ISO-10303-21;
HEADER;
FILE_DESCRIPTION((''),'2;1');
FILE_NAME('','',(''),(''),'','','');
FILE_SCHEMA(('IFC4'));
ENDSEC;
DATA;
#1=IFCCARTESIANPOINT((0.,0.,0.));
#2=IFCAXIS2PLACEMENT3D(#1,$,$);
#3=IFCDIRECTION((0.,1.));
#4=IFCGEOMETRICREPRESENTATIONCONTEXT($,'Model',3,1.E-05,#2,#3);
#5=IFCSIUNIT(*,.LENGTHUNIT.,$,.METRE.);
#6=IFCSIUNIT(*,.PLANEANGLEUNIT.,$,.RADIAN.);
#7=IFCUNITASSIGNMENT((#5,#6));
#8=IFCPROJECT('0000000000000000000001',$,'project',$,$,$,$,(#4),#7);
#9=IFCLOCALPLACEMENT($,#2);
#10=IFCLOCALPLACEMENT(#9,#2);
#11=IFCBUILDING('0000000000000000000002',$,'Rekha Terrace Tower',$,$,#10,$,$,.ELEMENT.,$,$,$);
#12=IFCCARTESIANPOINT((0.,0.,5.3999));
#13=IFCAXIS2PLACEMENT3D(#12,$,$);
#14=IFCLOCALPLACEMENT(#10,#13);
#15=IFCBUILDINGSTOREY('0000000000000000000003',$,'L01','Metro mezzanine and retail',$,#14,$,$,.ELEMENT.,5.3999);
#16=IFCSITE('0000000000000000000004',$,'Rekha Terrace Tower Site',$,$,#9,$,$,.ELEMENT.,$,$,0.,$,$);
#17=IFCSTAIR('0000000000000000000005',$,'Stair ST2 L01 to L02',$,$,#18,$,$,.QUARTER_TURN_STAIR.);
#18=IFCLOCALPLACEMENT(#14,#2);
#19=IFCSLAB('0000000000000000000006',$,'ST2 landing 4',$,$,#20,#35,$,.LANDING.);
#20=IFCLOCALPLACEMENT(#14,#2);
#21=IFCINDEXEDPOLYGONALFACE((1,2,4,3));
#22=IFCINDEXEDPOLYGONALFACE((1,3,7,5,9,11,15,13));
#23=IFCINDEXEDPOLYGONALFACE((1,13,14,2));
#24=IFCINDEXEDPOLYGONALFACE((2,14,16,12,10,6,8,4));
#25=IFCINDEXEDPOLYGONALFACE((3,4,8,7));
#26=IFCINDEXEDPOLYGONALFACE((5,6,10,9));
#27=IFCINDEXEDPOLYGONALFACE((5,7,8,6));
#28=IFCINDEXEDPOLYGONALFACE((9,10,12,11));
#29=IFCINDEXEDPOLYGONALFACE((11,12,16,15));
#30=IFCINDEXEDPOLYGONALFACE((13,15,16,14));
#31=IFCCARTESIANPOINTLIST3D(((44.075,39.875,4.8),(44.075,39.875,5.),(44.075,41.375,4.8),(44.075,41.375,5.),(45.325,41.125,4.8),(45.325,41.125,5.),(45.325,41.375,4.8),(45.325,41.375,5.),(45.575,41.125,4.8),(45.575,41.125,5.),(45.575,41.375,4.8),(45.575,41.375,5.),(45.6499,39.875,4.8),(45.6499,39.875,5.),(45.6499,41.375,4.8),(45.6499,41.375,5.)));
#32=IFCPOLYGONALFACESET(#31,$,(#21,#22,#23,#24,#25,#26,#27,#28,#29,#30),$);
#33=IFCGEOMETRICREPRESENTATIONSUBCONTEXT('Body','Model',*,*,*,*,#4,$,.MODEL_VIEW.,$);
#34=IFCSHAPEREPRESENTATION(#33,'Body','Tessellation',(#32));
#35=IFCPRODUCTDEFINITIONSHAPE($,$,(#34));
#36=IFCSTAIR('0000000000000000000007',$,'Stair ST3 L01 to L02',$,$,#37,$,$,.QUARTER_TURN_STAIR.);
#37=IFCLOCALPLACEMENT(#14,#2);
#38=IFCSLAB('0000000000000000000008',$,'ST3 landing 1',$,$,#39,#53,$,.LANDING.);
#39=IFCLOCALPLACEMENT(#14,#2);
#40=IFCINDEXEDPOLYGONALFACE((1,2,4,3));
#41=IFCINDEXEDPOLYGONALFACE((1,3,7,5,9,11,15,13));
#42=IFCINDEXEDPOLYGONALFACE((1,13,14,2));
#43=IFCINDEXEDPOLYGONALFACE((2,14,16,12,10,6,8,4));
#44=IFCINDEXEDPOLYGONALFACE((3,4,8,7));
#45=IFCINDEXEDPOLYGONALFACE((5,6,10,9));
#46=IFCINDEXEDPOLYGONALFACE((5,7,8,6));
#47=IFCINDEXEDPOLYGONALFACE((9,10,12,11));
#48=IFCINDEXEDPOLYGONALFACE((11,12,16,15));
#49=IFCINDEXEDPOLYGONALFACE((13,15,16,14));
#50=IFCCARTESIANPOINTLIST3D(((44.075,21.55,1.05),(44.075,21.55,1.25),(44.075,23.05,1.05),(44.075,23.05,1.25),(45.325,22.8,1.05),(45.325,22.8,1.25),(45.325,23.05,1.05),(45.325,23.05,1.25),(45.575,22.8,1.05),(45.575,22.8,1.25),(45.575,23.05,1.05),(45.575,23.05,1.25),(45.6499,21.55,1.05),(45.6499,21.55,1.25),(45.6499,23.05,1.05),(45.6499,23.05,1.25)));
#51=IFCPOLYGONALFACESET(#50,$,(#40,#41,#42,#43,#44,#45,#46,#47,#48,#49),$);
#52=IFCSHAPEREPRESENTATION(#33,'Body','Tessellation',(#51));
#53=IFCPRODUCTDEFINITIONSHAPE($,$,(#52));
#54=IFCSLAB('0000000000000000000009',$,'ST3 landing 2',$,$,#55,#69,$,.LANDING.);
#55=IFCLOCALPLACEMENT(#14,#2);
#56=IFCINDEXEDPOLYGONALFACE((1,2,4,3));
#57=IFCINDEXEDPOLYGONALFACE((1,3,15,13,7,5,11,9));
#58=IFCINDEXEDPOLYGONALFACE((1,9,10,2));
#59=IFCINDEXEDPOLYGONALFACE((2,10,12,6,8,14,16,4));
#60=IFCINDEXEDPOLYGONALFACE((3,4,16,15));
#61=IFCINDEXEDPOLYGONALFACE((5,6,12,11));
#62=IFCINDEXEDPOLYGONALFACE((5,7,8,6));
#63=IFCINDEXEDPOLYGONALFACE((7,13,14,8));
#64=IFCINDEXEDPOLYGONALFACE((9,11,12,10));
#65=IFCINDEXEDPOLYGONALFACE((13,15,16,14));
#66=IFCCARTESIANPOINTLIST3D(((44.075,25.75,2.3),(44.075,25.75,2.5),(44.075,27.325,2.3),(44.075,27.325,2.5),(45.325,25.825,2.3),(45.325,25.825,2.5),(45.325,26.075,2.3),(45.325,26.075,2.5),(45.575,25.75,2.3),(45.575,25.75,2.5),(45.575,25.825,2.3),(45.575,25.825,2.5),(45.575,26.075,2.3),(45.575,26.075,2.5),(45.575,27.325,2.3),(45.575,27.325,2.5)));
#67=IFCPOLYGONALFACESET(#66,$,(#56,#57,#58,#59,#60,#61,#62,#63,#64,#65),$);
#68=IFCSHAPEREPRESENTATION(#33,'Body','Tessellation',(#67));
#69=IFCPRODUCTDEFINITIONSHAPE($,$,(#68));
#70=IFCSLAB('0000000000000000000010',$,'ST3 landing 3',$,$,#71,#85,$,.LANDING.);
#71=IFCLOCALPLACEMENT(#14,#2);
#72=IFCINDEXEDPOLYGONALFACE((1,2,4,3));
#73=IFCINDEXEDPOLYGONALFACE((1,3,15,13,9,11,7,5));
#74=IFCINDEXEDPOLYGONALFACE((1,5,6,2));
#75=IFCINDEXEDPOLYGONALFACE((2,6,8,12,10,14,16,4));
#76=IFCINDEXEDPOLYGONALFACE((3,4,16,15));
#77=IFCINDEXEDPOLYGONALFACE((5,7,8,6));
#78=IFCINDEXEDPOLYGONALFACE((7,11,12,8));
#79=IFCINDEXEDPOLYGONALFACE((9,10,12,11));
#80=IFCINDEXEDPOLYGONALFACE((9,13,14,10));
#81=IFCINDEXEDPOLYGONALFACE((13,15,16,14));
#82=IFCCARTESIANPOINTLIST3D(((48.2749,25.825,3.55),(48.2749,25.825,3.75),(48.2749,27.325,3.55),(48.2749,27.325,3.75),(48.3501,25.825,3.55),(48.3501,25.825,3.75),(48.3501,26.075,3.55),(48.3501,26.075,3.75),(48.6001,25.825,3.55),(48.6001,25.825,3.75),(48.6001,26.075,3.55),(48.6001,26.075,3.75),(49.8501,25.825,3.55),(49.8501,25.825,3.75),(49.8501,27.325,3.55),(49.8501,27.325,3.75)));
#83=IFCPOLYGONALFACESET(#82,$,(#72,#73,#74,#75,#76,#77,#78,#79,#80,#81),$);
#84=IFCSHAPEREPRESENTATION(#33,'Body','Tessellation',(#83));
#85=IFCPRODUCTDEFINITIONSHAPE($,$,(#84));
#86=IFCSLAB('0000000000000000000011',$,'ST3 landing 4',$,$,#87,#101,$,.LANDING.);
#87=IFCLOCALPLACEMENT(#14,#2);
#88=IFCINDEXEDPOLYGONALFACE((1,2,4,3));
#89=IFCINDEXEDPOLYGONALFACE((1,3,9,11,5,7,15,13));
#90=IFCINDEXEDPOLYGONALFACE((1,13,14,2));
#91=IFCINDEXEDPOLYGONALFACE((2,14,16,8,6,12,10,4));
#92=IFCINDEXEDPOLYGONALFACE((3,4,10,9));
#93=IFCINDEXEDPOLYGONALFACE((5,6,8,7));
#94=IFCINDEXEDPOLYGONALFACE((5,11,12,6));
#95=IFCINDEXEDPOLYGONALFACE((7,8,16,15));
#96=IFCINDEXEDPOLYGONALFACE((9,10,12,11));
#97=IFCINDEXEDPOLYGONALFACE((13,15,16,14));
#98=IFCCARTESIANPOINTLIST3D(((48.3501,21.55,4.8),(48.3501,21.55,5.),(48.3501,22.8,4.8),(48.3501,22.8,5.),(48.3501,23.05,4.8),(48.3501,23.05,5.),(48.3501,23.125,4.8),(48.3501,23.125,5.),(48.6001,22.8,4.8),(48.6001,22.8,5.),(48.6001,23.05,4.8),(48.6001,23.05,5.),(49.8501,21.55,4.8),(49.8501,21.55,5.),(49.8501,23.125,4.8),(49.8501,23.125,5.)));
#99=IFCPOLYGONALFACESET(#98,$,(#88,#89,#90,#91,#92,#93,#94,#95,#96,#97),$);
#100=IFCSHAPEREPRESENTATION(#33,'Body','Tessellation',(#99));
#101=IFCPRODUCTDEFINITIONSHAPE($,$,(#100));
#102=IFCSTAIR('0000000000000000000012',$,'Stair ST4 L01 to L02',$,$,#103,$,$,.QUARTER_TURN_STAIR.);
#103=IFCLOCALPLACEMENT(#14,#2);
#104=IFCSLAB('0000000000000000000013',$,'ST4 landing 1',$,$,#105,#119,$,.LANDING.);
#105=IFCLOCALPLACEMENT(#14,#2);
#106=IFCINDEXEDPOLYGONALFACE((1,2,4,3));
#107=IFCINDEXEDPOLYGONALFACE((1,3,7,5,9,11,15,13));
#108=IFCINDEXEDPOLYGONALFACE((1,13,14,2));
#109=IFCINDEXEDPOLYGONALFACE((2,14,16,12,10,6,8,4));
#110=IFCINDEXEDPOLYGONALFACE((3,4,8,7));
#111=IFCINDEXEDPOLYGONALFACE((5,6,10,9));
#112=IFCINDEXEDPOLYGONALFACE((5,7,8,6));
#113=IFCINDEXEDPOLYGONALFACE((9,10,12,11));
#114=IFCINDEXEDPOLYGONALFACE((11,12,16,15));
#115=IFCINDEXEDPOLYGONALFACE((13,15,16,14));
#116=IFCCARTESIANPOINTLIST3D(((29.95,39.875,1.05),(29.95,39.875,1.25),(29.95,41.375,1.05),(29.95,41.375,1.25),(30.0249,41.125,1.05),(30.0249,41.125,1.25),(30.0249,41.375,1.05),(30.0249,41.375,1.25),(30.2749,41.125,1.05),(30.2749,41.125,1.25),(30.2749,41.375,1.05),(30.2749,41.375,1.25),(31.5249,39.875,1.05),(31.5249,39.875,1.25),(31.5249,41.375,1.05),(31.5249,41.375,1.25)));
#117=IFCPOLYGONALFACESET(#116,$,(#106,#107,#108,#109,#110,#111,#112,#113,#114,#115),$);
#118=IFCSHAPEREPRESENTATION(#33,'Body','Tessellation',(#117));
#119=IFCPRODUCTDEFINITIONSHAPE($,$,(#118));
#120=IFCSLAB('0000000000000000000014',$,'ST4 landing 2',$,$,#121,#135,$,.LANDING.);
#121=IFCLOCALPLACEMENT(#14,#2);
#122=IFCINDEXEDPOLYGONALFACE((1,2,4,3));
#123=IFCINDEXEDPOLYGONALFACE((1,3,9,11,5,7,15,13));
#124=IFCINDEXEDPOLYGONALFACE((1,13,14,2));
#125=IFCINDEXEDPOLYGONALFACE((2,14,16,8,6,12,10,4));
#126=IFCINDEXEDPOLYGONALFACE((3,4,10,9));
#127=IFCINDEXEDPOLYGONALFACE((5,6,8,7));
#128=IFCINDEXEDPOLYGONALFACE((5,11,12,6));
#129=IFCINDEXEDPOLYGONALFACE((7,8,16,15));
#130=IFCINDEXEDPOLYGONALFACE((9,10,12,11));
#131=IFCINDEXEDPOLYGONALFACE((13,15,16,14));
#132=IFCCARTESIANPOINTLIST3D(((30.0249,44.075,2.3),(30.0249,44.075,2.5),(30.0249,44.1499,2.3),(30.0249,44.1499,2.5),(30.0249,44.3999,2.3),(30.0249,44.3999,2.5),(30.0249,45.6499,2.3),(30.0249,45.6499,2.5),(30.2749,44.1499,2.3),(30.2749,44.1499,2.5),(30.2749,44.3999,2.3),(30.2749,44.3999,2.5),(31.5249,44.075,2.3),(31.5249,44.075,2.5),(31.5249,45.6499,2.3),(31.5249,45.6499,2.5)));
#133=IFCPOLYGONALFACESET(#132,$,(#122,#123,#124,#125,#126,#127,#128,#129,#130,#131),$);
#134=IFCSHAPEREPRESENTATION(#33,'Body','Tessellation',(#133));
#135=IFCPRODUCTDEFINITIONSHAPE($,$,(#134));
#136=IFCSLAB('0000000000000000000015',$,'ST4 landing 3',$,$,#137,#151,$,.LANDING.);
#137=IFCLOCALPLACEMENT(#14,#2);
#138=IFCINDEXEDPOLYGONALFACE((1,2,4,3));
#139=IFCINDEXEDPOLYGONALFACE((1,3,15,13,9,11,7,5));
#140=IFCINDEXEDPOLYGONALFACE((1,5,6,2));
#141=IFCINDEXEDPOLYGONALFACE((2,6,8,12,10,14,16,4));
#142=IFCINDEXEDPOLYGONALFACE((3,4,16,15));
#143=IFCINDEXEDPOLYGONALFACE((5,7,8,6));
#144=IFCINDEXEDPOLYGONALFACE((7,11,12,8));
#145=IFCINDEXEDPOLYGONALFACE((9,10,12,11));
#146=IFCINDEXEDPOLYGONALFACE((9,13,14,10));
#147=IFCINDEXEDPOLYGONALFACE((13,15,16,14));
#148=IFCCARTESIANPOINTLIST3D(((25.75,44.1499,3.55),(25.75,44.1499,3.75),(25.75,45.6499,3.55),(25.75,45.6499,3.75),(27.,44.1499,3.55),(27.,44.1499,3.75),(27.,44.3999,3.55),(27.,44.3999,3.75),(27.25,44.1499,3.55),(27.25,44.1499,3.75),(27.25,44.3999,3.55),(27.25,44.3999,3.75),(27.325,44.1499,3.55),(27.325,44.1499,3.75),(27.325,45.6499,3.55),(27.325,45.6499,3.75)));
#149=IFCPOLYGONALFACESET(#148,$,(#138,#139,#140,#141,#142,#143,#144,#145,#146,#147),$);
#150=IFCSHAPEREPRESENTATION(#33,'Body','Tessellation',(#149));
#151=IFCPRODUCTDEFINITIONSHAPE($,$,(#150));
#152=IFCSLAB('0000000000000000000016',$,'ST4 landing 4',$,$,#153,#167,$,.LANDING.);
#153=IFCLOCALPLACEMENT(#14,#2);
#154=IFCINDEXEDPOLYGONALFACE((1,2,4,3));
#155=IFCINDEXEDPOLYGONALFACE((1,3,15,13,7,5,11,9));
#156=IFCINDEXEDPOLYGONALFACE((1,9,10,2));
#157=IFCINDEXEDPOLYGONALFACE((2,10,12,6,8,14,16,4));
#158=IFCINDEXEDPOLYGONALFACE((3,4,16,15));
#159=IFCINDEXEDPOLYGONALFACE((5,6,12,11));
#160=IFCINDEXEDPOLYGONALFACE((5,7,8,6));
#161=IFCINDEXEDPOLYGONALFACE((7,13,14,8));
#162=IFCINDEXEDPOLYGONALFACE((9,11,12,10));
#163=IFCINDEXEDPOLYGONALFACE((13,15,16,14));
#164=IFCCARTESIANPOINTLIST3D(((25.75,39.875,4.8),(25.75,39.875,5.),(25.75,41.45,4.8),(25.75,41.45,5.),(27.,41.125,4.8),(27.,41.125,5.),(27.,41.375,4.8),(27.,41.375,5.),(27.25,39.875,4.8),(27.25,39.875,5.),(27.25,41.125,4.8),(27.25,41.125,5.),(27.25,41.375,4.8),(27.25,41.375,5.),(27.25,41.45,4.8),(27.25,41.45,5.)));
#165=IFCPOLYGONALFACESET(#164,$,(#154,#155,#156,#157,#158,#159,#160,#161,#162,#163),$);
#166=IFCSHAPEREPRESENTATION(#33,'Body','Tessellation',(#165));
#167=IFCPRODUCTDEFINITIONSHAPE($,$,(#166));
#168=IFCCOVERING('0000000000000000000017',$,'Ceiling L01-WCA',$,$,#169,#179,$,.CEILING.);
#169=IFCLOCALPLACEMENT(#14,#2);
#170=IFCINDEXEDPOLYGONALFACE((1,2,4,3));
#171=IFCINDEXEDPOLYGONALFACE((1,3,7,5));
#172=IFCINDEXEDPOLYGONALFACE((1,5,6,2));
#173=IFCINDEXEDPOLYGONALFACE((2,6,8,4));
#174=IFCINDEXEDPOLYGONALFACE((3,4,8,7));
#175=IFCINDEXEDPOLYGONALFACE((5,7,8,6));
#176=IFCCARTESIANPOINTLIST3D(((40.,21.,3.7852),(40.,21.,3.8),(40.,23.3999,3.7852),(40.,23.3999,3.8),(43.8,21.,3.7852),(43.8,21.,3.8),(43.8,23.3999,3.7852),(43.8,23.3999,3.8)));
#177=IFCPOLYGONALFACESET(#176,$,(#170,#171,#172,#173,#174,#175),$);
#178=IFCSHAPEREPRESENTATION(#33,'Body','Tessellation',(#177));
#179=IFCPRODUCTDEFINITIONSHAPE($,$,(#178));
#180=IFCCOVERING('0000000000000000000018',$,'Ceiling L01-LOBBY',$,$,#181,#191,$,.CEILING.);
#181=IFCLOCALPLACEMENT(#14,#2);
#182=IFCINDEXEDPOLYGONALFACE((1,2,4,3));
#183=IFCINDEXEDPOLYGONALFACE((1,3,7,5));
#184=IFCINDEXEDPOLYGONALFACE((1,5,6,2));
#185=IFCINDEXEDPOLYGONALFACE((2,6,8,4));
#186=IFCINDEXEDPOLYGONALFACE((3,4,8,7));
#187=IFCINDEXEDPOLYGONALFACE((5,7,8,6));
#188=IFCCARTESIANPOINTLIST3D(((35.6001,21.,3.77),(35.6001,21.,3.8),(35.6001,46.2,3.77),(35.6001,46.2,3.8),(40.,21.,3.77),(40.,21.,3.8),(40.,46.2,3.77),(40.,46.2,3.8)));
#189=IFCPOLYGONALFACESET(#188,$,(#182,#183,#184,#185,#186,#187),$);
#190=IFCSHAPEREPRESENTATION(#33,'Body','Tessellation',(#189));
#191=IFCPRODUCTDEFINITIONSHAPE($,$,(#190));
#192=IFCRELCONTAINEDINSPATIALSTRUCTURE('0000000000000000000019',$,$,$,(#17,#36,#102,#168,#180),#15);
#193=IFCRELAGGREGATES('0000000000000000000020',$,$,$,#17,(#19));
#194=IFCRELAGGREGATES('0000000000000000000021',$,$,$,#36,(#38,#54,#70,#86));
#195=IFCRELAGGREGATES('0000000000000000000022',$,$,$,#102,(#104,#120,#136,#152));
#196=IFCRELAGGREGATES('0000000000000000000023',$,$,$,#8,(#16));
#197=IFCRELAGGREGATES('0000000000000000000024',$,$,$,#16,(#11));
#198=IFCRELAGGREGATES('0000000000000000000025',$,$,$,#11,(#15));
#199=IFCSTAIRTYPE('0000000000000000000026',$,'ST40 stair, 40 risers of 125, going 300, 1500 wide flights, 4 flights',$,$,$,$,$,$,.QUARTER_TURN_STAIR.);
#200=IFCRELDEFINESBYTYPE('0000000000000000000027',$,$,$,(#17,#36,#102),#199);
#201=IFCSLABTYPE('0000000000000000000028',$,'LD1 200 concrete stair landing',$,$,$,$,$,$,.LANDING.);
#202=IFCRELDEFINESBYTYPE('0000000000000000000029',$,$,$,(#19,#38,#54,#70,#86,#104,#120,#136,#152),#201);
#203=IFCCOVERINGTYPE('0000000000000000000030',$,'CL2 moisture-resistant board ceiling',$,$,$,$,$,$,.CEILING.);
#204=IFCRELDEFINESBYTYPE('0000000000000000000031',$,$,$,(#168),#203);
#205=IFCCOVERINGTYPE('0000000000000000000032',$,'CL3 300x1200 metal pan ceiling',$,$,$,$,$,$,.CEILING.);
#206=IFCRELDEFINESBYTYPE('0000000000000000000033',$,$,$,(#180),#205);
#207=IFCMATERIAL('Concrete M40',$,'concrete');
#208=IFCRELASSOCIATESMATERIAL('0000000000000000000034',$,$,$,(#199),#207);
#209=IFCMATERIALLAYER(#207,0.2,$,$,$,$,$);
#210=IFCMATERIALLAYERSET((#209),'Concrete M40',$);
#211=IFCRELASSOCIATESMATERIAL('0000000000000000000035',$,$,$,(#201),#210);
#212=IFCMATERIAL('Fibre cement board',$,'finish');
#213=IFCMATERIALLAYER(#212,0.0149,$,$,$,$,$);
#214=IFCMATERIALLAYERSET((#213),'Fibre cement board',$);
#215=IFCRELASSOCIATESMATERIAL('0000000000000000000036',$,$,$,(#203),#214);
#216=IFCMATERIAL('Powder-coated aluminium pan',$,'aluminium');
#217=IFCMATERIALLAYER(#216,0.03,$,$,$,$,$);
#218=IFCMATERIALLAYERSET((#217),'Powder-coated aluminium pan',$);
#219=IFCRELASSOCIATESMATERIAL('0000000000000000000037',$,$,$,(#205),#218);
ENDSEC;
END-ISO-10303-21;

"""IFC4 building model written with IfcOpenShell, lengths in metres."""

from ifc_helpers import new_model, si_unit, direction, frame, origin, place, context, subcontext, project, spatial, polyline, outline, extrude, material, layer, layer_set, type_object, element, aggregate, save


model = new_model("IFC4")

# Units and contexts
model_context = context("Model", 3, precision=1e-05, world=origin(), true_north=direction((0.0, 1.0)))
body_context = subcontext(model_context, "Body", "Model", "MODEL_VIEW")
ifc_project = project(units=[si_unit("LENGTHUNIT", "METRE"), si_unit("PLANEANGLEUNIT", "RADIAN")], contexts=[model_context])

# Site, building, storey
site_placement = place(None, origin())
site = spatial("IfcSite", under=ifc_project, at=site_placement, Name="Rekha Terrace Tower Site", CompositionType="ELEMENT", RefElevation=0.0)
building_placement = place(site_placement, origin())
building = spatial("IfcBuilding", under=site, at=building_placement, Name="Rekha Terrace Tower", CompositionType="ELEMENT")
storey_placement = place(building_placement, frame((0.0, 0.0, 5.3999)))
storey = spatial("IfcBuildingStorey", under=building, at=storey_placement, Name="L01", Description="Metro mezzanine and retail", CompositionType="ELEMENT", Elevation=5.3999)

# Stairs, slabs
ifc_material_1 = material(Name="Concrete M40", Category="concrete")
stair_type = type_object("IfcStairType", Name="ST40 stair, 40 risers of 125, going 300, 1500 wide flights, 4 flights", PredefinedType="QUARTER_TURN_STAIR", material=ifc_material_1)
stair_1_placement = place(storey_placement, origin())
stair_1 = element("IfcStair", 1, at=stair_1_placement, inside=storey, type_object=stair_type, Name="Stair ST2 L01 to L02", PredefinedType="QUARTER_TURN_STAIR")
ifc_layer_1 = layer(ifc_material_1, 0.2)
ifc_layer_set_1 = layer_set([ifc_layer_1], Name="Concrete M40")
slab_type = type_object("IfcSlabType", Name="LD1 200 concrete stair landing", PredefinedType="LANDING", material=ifc_layer_set_1)
slab_1_placement = place(storey_placement, frame((0.0, 0.0, 4.8)))
slab_1 = element("IfcSlab", 2, at=slab_1_placement, type_object=slab_type, Name="ST2 landing 4", PredefinedType="LANDING", context=body_context, shape_type="SweptSolid", body=[
    extrude(outline(polyline([(44.075, 41.375), (44.075, 39.875), (45.6499, 39.875), (45.6499, 41.375), (45.575, 41.375), (45.575, 41.125), (45.325, 41.125), (45.325, 41.375), (44.075, 41.375)])), origin(), (0.0, 0.0, 1.0), 0.2),
])
aggregate(stair_1, [slab_1])
stair_2_placement = place(storey_placement, origin())
stair_2 = element("IfcStair", 3, at=stair_2_placement, inside=storey, type_object=stair_type, Name="Stair ST3 L01 to L02", PredefinedType="QUARTER_TURN_STAIR")
slab_2_placement = place(storey_placement, frame((0.0, 0.0, 1.05)))
slab_2 = element("IfcSlab", 4, at=slab_2_placement, type_object=slab_type, Name="ST3 landing 1", PredefinedType="LANDING", context=body_context, shape_type="SweptSolid", body=[
    extrude(outline(polyline([(44.075, 23.05), (44.075, 21.55), (45.6499, 21.55), (45.6499, 23.05), (45.575, 23.05), (45.575, 22.8), (45.325, 22.8), (45.325, 23.05), (44.075, 23.05)])), origin(), (0.0, 0.0, 1.0), 0.2),
])
slab_3_placement = place(storey_placement, frame((0.0, 0.0, 2.3)))
slab_3 = element("IfcSlab", 5, at=slab_3_placement, type_object=slab_type, Name="ST3 landing 2", PredefinedType="LANDING", context=body_context, shape_type="SweptSolid", body=[
    extrude(outline(polyline([(45.575, 27.325), (44.075, 27.325), (44.075, 25.75), (45.575, 25.75), (45.575, 25.825), (45.325, 25.825), (45.325, 26.075), (45.575, 26.075), (45.575, 27.325)])), origin(), (0.0, 0.0, 1.0), 0.2),
])
slab_4_placement = place(storey_placement, frame((0.0, 0.0, 3.55)))
slab_4 = element("IfcSlab", 6, at=slab_4_placement, type_object=slab_type, Name="ST3 landing 3", PredefinedType="LANDING", context=body_context, shape_type="SweptSolid", body=[
    extrude(outline(polyline([(49.8501, 25.825), (49.8501, 27.325), (48.2749, 27.325), (48.2749, 25.825), (48.3501, 25.825), (48.3501, 26.075), (48.6001, 26.075), (48.6001, 25.825), (49.8501, 25.825)])), origin(), (0.0, 0.0, 1.0), 0.2),
])
slab_5_placement = place(storey_placement, frame((0.0, 0.0, 4.8)))
slab_5 = element("IfcSlab", 7, at=slab_5_placement, type_object=slab_type, Name="ST3 landing 4", PredefinedType="LANDING", context=body_context, shape_type="SweptSolid", body=[
    extrude(outline(polyline([(48.3501, 21.55), (49.8501, 21.55), (49.8501, 23.125), (48.3501, 23.125), (48.3501, 23.05), (48.6001, 23.05), (48.6001, 22.8), (48.3501, 22.8), (48.3501, 21.55)])), origin(), (0.0, 0.0, 1.0), 0.2),
])
aggregate(stair_2, [slab_2, slab_3, slab_4, slab_5])
stair_3_placement = place(storey_placement, origin())
stair_3 = element("IfcStair", 8, at=stair_3_placement, inside=storey, type_object=stair_type, Name="Stair ST4 L01 to L02", PredefinedType="QUARTER_TURN_STAIR")
slab_6_placement = place(storey_placement, frame((0.0, 0.0, 1.05)))
slab_6 = element("IfcSlab", 9, at=slab_6_placement, type_object=slab_type, Name="ST4 landing 1", PredefinedType="LANDING", context=body_context, shape_type="SweptSolid", body=[
    extrude(outline(polyline([(31.5249, 41.375), (31.5249, 39.875), (29.95, 39.875), (29.95, 41.375), (30.0249, 41.375), (30.0249, 41.125), (30.2749, 41.125), (30.2749, 41.375), (31.5249, 41.375)])), origin(), (0.0, 0.0, 1.0), 0.2),
])
slab_7_placement = place(storey_placement, frame((0.0, 0.0, 2.3)))
slab_7 = element("IfcSlab", 10, at=slab_7_placement, type_object=slab_type, Name="ST4 landing 2", PredefinedType="LANDING", context=body_context, shape_type="SweptSolid", body=[
    extrude(outline(polyline([(30.0249, 45.6499), (31.5249, 45.6499), (31.5249, 44.075), (30.0249, 44.075), (30.0249, 44.1499), (30.2749, 44.1499), (30.2749, 44.3999), (30.0249, 44.3999), (30.0249, 45.6499)])), origin(), (0.0, 0.0, 1.0), 0.2),
])
slab_8_placement = place(storey_placement, frame((0.0, 0.0, 3.55)))
slab_8 = element("IfcSlab", 11, at=slab_8_placement, type_object=slab_type, Name="ST4 landing 3", PredefinedType="LANDING", context=body_context, shape_type="SweptSolid", body=[
    extrude(outline(polyline([(25.75, 44.1499), (25.75, 45.6499), (27.325, 45.6499), (27.325, 44.1499), (27.25, 44.1499), (27.25, 44.3999), (27.0, 44.3999), (27.0, 44.1499), (25.75, 44.1499)])), origin(), (0.0, 0.0, 1.0), 0.2),
])
slab_9_placement = place(storey_placement, frame((0.0, 0.0, 4.8)))
slab_9 = element("IfcSlab", 12, at=slab_9_placement, type_object=slab_type, Name="ST4 landing 4", PredefinedType="LANDING", context=body_context, shape_type="SweptSolid", body=[
    extrude(outline(polyline([(27.25, 39.875), (25.75, 39.875), (25.75, 41.45), (27.25, 41.45), (27.25, 41.375), (27.0, 41.375), (27.0, 41.125), (27.25, 41.125), (27.25, 39.875)])), origin(), (0.0, 0.0, 1.0), 0.2),
])
aggregate(stair_3, [slab_6, slab_7, slab_8, slab_9])

# Coverings
ifc_material_2 = material(Name="Fibre cement board", Category="finish")
ifc_layer_2 = layer(ifc_material_2, 0.0149)
ifc_layer_set_2 = layer_set([ifc_layer_2], Name="Fibre cement board")
covering_type_1 = type_object("IfcCoveringType", Name="CL2 moisture-resistant board ceiling", PredefinedType="CEILING", material=ifc_layer_set_2)
covering_1_placement = place(storey_placement, frame((0.0, 0.0, 3.7852)))
element("IfcCovering", 13, at=covering_1_placement, inside=storey, type_object=covering_type_1, Name="Ceiling L01-WCA", PredefinedType="CEILING", context=body_context, shape_type="SweptSolid", body=[
    extrude(outline(polyline([(43.8, 23.3999), (40.0, 23.3999), (40.0, 21.0), (43.8, 21.0), (43.8, 23.3999)])), origin(), (0.0, 0.0, 1.0), 0.0149),
])
ifc_material_3 = material(Name="Powder-coated aluminium pan", Category="aluminium")
ifc_layer_3 = layer(ifc_material_3, 0.03)
ifc_layer_set_3 = layer_set([ifc_layer_3], Name="Powder-coated aluminium pan")
covering_type_2 = type_object("IfcCoveringType", Name="CL3 300x1200 metal pan ceiling", PredefinedType="CEILING", material=ifc_layer_set_3)
covering_2_placement = place(storey_placement, frame((0.0, 0.0, 3.77)))
element("IfcCovering", 14, at=covering_2_placement, inside=storey, type_object=covering_type_2, Name="Ceiling L01-LOBBY", PredefinedType="CEILING", context=body_context, shape_type="SweptSolid", body=[
    extrude(outline(polyline([(40.0, 46.2), (35.6001, 46.2), (35.6001, 21.0), (40.0, 21.0), (40.0, 46.2)])), origin(), (0.0, 0.0, 1.0), 0.03),
])

save(model, "model.ifc")
